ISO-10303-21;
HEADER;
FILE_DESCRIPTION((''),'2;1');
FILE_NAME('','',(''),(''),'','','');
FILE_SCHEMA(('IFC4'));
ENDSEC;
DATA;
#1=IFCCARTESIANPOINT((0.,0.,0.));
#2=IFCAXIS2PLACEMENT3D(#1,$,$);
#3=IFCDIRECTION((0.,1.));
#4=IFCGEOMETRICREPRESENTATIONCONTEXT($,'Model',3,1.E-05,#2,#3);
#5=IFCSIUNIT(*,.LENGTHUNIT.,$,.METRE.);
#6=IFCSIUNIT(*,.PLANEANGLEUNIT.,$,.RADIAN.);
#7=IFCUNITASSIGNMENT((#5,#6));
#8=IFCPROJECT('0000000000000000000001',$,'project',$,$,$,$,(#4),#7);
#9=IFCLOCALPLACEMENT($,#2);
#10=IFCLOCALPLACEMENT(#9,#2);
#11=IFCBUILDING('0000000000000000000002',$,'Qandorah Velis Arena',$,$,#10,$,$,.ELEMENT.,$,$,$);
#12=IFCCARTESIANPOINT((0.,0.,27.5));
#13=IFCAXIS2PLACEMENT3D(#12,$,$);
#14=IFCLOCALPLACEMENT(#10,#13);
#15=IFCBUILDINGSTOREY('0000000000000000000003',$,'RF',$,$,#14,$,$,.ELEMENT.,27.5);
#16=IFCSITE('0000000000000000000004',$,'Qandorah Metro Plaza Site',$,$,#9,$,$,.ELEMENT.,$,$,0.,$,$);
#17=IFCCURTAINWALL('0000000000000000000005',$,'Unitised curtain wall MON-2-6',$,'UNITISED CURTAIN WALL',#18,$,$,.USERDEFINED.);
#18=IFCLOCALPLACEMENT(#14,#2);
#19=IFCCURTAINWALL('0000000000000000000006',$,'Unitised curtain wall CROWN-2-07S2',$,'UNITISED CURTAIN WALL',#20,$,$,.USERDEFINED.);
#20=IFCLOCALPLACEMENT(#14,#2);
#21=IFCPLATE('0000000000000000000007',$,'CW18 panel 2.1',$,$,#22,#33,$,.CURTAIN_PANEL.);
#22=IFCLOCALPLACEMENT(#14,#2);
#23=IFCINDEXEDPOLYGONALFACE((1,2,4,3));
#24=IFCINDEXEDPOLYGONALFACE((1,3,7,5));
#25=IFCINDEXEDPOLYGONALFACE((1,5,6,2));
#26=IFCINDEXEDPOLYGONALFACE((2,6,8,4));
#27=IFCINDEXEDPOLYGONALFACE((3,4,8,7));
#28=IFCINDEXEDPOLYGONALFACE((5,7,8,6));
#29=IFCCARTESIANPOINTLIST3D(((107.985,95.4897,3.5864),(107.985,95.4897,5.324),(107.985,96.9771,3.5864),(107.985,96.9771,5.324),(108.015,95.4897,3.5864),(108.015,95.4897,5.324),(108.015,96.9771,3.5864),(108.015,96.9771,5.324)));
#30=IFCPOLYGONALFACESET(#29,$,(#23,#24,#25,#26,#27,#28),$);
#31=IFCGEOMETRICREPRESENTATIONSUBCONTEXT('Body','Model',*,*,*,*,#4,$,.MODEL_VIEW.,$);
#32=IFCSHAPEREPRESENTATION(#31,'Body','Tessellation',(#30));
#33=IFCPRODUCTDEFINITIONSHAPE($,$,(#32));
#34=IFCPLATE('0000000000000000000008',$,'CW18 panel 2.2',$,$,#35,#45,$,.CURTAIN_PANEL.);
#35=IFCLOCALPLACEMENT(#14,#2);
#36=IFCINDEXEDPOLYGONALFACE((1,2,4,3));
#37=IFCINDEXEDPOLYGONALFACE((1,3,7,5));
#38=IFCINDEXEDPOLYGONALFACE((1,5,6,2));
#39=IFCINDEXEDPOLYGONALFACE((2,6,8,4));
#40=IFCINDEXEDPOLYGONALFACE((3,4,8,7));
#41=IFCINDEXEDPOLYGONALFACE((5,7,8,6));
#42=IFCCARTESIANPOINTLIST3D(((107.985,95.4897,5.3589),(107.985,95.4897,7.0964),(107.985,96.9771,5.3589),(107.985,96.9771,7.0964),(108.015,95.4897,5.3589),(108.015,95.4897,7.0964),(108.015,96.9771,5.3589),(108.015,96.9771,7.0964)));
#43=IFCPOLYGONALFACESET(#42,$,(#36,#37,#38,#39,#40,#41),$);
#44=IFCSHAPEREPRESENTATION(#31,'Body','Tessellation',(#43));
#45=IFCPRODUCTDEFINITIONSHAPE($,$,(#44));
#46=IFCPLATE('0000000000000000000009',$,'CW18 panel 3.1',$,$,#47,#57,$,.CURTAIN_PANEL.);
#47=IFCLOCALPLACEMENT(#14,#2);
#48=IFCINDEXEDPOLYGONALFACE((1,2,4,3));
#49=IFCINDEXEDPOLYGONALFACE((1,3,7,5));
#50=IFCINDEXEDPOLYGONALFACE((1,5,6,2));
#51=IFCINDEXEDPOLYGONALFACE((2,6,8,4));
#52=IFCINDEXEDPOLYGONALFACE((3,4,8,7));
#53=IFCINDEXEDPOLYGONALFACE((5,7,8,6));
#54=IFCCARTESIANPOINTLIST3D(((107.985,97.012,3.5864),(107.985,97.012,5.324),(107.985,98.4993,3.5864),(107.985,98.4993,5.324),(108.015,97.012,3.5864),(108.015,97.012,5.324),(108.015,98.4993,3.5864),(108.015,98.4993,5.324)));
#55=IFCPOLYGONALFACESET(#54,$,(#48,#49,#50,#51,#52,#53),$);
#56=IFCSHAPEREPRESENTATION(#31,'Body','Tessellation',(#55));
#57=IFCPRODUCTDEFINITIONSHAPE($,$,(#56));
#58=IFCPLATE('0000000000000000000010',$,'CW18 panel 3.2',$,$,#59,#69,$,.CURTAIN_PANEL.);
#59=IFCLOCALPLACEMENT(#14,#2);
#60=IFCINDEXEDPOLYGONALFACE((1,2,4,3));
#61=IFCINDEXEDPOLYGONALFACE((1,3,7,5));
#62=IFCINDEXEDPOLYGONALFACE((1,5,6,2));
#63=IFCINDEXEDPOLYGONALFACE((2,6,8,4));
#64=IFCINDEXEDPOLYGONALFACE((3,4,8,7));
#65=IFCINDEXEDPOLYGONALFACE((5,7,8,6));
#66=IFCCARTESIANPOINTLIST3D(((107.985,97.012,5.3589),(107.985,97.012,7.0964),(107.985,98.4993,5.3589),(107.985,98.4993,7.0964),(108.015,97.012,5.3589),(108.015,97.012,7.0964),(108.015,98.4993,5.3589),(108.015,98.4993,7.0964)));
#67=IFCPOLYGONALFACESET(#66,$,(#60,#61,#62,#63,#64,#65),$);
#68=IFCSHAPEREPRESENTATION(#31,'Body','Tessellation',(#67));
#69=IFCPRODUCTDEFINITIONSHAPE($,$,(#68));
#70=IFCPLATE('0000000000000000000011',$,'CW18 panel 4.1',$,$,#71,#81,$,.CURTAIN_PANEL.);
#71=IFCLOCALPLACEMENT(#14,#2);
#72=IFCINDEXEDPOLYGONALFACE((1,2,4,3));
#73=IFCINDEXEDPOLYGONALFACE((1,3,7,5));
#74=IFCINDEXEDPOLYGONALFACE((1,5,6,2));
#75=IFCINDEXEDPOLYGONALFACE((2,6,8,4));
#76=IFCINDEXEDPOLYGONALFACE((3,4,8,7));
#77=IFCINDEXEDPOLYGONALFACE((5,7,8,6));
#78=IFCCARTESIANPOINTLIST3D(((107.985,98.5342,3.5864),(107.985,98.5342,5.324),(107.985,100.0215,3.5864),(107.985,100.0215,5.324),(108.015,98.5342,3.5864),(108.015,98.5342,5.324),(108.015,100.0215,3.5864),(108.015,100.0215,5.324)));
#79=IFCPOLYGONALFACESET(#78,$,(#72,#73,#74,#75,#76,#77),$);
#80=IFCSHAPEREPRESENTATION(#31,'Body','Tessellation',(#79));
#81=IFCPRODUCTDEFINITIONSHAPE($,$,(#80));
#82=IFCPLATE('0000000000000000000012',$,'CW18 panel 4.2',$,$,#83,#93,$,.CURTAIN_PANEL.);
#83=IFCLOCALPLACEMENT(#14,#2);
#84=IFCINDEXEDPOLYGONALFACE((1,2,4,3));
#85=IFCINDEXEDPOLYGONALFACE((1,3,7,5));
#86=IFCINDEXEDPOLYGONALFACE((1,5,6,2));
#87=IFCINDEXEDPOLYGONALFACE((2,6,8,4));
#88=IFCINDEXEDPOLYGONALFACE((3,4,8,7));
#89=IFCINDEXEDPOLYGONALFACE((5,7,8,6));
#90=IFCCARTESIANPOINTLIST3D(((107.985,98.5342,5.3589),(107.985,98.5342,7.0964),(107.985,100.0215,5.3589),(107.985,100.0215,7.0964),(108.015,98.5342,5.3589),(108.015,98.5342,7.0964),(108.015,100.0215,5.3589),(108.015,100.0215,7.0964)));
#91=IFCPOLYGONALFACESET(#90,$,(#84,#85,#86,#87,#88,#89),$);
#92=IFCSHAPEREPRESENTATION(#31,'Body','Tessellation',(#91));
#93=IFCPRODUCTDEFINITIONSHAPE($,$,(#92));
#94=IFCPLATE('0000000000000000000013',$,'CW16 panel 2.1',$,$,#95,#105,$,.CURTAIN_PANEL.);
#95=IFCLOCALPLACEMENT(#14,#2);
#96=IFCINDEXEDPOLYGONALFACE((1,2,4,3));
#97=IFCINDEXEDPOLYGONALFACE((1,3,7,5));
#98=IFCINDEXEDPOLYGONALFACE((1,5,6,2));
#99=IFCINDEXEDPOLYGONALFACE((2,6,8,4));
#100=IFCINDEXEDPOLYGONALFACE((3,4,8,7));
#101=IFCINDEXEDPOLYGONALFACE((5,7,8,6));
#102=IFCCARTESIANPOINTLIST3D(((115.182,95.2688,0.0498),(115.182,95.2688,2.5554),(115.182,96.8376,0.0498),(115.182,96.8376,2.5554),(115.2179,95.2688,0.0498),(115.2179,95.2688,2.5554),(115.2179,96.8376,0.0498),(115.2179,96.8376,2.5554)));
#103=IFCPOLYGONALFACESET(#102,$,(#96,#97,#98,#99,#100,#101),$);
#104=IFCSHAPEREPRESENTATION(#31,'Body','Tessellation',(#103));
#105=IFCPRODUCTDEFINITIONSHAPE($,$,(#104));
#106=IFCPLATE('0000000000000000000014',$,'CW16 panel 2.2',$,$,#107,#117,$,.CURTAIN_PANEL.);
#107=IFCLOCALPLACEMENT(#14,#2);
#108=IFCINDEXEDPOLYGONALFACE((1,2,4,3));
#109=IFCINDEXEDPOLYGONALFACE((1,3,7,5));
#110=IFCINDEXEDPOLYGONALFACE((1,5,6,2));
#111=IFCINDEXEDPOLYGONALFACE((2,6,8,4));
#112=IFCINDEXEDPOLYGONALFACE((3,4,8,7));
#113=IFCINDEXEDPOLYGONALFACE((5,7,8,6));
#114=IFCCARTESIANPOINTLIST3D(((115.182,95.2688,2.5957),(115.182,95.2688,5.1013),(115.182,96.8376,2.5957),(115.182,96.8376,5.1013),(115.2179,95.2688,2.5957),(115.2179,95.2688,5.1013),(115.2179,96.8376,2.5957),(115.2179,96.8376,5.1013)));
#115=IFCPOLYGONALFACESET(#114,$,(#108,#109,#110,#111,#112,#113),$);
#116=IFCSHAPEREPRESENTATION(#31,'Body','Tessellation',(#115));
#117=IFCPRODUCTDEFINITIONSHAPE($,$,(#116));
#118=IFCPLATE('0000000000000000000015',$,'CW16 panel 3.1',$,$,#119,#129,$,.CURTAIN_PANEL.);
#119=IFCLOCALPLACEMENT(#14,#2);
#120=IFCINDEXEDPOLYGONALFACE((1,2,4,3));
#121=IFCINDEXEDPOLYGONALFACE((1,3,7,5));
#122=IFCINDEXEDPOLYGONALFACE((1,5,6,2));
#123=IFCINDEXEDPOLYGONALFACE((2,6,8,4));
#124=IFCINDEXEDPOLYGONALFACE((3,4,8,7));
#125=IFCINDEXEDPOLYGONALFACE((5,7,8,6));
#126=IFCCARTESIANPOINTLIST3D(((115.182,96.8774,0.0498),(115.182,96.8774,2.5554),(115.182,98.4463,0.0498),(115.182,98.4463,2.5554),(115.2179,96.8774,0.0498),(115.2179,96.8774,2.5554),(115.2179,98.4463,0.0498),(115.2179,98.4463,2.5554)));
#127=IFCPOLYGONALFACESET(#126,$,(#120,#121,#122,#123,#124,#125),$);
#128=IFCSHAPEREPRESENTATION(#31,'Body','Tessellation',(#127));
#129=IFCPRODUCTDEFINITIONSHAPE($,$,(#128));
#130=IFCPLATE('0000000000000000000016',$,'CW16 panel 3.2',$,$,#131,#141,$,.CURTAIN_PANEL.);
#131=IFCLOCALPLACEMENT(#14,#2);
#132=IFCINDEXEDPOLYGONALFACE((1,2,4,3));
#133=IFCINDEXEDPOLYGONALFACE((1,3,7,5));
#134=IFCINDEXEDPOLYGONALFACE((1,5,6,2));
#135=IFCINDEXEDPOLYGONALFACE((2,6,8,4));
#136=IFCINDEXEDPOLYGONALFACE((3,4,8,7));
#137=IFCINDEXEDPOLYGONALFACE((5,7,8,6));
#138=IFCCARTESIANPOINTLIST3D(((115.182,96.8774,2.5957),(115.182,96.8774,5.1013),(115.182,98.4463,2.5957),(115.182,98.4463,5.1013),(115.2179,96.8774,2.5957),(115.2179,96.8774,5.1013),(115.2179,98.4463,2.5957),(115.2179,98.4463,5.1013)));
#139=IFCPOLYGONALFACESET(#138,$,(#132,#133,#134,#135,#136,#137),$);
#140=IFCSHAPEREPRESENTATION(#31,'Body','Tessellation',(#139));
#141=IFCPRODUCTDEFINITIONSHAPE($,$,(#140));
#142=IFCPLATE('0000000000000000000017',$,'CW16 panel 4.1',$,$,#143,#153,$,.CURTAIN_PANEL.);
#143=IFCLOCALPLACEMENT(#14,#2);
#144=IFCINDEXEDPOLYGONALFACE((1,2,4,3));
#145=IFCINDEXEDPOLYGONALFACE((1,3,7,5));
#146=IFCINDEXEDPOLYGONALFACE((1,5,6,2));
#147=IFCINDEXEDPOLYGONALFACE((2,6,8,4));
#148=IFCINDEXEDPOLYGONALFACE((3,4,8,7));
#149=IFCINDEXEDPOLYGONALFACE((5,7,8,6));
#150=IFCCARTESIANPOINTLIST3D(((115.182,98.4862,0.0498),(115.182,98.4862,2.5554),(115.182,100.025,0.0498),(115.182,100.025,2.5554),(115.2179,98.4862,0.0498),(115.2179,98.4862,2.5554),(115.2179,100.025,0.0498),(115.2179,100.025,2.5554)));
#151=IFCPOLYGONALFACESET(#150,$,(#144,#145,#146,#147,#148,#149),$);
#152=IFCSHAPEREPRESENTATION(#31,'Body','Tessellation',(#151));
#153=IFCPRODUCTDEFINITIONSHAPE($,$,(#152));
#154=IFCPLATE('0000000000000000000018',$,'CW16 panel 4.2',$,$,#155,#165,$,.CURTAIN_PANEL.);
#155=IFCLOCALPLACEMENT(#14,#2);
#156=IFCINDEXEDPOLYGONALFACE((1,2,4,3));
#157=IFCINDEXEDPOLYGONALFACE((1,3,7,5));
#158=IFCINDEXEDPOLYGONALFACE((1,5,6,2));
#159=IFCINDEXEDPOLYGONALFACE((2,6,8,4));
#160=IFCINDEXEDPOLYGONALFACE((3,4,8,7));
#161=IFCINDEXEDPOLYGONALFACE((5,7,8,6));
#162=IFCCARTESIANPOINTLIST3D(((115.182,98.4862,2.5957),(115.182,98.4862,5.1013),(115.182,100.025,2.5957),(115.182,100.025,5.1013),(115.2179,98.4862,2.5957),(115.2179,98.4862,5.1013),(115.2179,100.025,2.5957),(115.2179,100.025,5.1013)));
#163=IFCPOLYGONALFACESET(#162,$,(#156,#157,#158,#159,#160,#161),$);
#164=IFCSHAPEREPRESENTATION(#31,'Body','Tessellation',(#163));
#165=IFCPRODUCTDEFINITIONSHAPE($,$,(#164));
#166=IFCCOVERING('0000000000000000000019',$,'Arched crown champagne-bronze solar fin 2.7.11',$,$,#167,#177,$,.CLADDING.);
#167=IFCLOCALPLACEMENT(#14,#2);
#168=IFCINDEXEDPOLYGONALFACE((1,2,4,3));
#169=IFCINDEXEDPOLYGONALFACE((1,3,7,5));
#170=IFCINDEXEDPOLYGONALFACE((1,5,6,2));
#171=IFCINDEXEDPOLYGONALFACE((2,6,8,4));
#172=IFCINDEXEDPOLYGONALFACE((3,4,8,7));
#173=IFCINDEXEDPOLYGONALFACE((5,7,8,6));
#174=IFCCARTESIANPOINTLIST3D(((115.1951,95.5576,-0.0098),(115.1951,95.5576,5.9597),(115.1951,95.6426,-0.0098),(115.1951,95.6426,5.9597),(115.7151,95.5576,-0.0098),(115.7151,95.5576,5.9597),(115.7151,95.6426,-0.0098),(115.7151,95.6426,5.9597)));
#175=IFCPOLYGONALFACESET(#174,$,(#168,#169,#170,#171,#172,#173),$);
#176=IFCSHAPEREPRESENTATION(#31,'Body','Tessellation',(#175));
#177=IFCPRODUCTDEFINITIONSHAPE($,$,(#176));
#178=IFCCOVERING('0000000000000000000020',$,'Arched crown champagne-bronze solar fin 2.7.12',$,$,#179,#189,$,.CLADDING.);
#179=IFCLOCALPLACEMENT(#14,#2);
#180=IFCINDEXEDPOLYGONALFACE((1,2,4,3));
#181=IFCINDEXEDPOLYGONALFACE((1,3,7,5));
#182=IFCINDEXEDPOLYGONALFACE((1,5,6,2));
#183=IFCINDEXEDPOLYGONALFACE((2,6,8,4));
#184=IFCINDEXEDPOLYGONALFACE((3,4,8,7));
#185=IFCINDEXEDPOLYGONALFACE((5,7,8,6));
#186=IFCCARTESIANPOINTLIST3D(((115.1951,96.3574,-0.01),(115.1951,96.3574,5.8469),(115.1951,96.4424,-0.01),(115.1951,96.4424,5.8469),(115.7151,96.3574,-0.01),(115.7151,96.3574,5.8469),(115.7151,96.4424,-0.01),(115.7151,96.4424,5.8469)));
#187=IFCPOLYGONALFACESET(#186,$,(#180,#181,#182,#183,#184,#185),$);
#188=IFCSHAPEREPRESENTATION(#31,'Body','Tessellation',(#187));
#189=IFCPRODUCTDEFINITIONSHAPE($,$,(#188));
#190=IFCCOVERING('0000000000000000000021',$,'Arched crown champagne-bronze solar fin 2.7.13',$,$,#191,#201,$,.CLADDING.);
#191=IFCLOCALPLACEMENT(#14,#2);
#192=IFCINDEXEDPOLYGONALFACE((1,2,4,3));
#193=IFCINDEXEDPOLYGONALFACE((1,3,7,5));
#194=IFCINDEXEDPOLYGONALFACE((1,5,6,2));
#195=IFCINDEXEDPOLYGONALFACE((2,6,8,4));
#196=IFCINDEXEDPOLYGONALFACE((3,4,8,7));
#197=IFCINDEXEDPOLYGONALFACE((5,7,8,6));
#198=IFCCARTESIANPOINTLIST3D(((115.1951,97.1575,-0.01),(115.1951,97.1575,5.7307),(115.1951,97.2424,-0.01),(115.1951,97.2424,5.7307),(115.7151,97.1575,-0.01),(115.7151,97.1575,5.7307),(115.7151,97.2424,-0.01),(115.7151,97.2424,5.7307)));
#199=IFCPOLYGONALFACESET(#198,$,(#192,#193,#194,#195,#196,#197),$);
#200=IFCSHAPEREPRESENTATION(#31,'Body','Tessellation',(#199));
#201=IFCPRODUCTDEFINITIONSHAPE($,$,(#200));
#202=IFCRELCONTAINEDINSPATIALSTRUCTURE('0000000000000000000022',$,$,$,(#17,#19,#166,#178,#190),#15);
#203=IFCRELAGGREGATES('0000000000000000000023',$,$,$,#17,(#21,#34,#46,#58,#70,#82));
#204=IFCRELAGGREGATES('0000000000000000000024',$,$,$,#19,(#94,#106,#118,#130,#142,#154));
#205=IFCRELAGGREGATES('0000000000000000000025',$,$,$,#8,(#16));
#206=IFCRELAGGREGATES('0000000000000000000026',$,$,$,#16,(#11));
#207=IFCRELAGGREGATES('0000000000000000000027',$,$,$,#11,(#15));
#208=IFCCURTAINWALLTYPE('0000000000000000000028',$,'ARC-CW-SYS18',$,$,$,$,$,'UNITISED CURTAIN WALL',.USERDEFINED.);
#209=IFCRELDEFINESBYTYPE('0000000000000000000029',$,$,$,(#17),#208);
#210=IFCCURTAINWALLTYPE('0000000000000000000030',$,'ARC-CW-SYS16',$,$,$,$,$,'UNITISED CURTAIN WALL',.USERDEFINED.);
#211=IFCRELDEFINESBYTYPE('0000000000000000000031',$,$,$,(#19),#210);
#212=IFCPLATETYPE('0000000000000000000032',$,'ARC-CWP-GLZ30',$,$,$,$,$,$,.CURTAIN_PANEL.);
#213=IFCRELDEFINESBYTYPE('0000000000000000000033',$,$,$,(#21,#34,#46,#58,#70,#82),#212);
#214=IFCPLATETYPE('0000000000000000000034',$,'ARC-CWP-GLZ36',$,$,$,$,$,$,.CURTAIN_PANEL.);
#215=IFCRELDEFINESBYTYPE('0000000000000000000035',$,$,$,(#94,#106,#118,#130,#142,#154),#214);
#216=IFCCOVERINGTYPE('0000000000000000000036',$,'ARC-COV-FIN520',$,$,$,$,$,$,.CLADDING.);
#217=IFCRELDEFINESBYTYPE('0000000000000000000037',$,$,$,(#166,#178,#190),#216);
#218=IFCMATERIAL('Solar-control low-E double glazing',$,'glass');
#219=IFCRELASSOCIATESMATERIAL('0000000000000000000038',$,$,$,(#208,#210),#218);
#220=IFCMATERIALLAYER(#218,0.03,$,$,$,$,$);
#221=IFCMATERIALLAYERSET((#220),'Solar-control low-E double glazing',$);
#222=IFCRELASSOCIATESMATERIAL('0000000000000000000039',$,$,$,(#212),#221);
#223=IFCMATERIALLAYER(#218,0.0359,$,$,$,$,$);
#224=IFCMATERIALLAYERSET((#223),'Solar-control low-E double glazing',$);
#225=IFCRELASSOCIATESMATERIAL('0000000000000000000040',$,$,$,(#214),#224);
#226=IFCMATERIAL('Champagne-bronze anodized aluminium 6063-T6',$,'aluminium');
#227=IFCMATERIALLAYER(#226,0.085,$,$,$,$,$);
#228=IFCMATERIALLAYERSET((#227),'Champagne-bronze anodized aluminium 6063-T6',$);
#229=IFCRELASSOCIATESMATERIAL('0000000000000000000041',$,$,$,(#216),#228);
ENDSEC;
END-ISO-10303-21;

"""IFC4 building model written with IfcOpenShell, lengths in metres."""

from ifc_helpers import new_model, si_unit, direction, frame, origin, origin_2d, place, context, subcontext, project, spatial, rectangle, extrude, material, layer, layer_set, type_object, element, aggregate, save


model = new_model("IFC4")

# Units and contexts
model_context = context("Model", 3, precision=1e-05, world=origin(), true_north=direction((0.0, 1.0)))
body_context = subcontext(model_context, "Body", "Model", "MODEL_VIEW")
ifc_project = project(units=[si_unit("LENGTHUNIT", "METRE"), si_unit("PLANEANGLEUNIT", "RADIAN")], contexts=[model_context])

# Site, building, storey
site_placement = place(None, origin())
site = spatial("IfcSite", under=ifc_project, at=site_placement, Name="Qandorah Metro Plaza Site", CompositionType="ELEMENT", RefElevation=0.0)
building_placement = place(site_placement, origin())
building = spatial("IfcBuilding", under=site, at=building_placement, Name="Qandorah Velis Arena", CompositionType="ELEMENT")
storey_placement = place(building_placement, frame((0.0, 0.0, 27.5)))
storey = spatial("IfcBuildingStorey", under=building, at=storey_placement, Name="RF", CompositionType="ELEMENT", Elevation=27.5)

# Curtain walls
ifc_material_1 = material(Name="Solar-control low-E double glazing", Category="glass")
curtain_wall_type_1 = type_object("IfcCurtainWallType", Name="ARC-CW-SYS18", ElementType="UNITISED CURTAIN WALL", PredefinedType="USERDEFINED", material=ifc_material_1)
curtain_wall_1_placement = place(storey_placement, origin())
curtain_wall_1 = element("IfcCurtainWall", 1, at=curtain_wall_1_placement, inside=storey, type_object=curtain_wall_type_1, Name="Unitised curtain wall MON-2-6", ObjectType="UNITISED CURTAIN WALL", PredefinedType="USERDEFINED")
ifc_material_2 = material(Name="Champagne-bronze anodized aluminium 6063-T6", Category="aluminium")
curtain_wall_type_2 = type_object("IfcCurtainWallType", Name="ARC-CW-SYS16", ElementType="UNITISED CURTAIN WALL", PredefinedType="USERDEFINED", material=ifc_material_1)
curtain_wall_2_placement = place(storey_placement, origin())
curtain_wall_2 = element("IfcCurtainWall", 2, at=curtain_wall_2_placement, inside=storey, type_object=curtain_wall_type_2, Name="Unitised curtain wall CROWN-2-07S2", ObjectType="UNITISED CURTAIN WALL", PredefinedType="USERDEFINED")

# Plates
ifc_layer_1 = layer(ifc_material_1, 0.03)
ifc_layer_set_1 = layer_set([ifc_layer_1], Name="Solar-control low-E double glazing")
plate_type_1 = type_object("IfcPlateType", Name="ARC-CWP-GLZ30", PredefinedType="CURTAIN_PANEL", material=ifc_layer_set_1)
plate_1_placement = place(storey_placement, frame((108.0, 96.2334, 3.5864), z_axis=(0.0, 0.0, 1.0), x_axis=(0.0, 1.0, 0.0)))
plate_1 = element("IfcPlate", 3, at=plate_1_placement, type_object=plate_type_1, Name="CW18 panel 2.1", PredefinedType="CURTAIN_PANEL", context=body_context, shape_type="SweptSolid", body=[
    extrude(rectangle(XDim=1.4873, YDim=0.03, at=origin_2d()), origin(), (0.0, 0.0, 1.0), 1.7375),
])
plate_2_placement = place(storey_placement, frame((108.0, 96.2334, 5.3589), z_axis=(0.0, 0.0, 1.0), x_axis=(0.0, 1.0, 0.0)))
plate_2 = element("IfcPlate", 4, at=plate_2_placement, type_object=plate_type_1, Name="CW18 panel 2.2", PredefinedType="CURTAIN_PANEL", context=body_context, shape_type="SweptSolid", body=[
    extrude(rectangle(XDim=1.4873, YDim=0.03, at=origin_2d()), origin(), (0.0, 0.0, 1.0), 1.7375),
])
plate_3_placement = place(storey_placement, frame((108.0, 97.7556, 3.5864), z_axis=(0.0, 0.0, 1.0), x_axis=(0.0, 1.0, 0.0)))
plate_3 = element("IfcPlate", 5, at=plate_3_placement, type_object=plate_type_1, Name="CW18 panel 3.1", PredefinedType="CURTAIN_PANEL", context=body_context, shape_type="SweptSolid", body=[
    extrude(rectangle(XDim=1.4873, YDim=0.03, at=origin_2d()), origin(), (0.0, 0.0, 1.0), 1.7375),
])
plate_4_placement = place(storey_placement, frame((108.0, 97.7556, 5.3589), z_axis=(0.0, 0.0, 1.0), x_axis=(0.0, 1.0, 0.0)))
plate_4 = element("IfcPlate", 6, at=plate_4_placement, type_object=plate_type_1, Name="CW18 panel 3.2", PredefinedType="CURTAIN_PANEL", context=body_context, shape_type="SweptSolid", body=[
    extrude(rectangle(XDim=1.4873, YDim=0.03, at=origin_2d()), origin(), (0.0, 0.0, 1.0), 1.7375),
])
plate_5_placement = place(storey_placement, frame((108.0, 99.2778, 3.5864), z_axis=(0.0, 0.0, 1.0), x_axis=(0.0, 1.0, 0.0)))
plate_5 = element("IfcPlate", 7, at=plate_5_placement, type_object=plate_type_1, Name="CW18 panel 4.1", PredefinedType="CURTAIN_PANEL", context=body_context, shape_type="SweptSolid", body=[
    extrude(rectangle(XDim=1.4873, YDim=0.03, at=origin_2d()), origin(), (0.0, 0.0, 1.0), 1.7375),
])
plate_6_placement = place(storey_placement, frame((108.0, 99.2778, 5.3589), z_axis=(0.0, 0.0, 1.0), x_axis=(0.0, 1.0, 0.0)))
plate_6 = element("IfcPlate", 8, at=plate_6_placement, type_object=plate_type_1, Name="CW18 panel 4.2", PredefinedType="CURTAIN_PANEL", context=body_context, shape_type="SweptSolid", body=[
    extrude(rectangle(XDim=1.4873, YDim=0.03, at=origin_2d()), origin(), (0.0, 0.0, 1.0), 1.7375),
])
aggregate(curtain_wall_1, [plate_1, plate_2, plate_3, plate_4, plate_5, plate_6])
ifc_layer_2 = layer(ifc_material_1, 0.0359)
ifc_layer_set_2 = layer_set([ifc_layer_2], Name="Solar-control low-E double glazing")
plate_type_2 = type_object("IfcPlateType", Name="ARC-CWP-GLZ36", PredefinedType="CURTAIN_PANEL", material=ifc_layer_set_2)
plate_7_placement = place(storey_placement, frame((115.2, 96.0532, 0.0498), z_axis=(0.0, 0.0, 1.0), x_axis=(0.0, 1.0, 0.0)))
plate_7 = element("IfcPlate", 9, at=plate_7_placement, type_object=plate_type_2, Name="CW16 panel 2.1", PredefinedType="CURTAIN_PANEL", context=body_context, shape_type="SweptSolid", body=[
    extrude(rectangle(XDim=1.5688, YDim=0.0359, at=origin_2d()), origin(), (0.0, 0.0, 1.0), 2.5056),
])
plate_8_placement = place(storey_placement, frame((115.2, 96.0532, 2.5957), z_axis=(0.0, 0.0, 1.0), x_axis=(0.0, 1.0, 0.0)))
plate_8 = element("IfcPlate", 10, at=plate_8_placement, type_object=plate_type_2, Name="CW16 panel 2.2", PredefinedType="CURTAIN_PANEL", context=body_context, shape_type="SweptSolid", body=[
    extrude(rectangle(XDim=1.5688, YDim=0.0359, at=origin_2d()), origin(), (0.0, 0.0, 1.0), 2.5056),
])
plate_9_placement = place(storey_placement, frame((115.2, 97.6619, 0.0498), z_axis=(0.0, 0.0, 1.0), x_axis=(0.0, 1.0, 0.0)))
plate_9 = element("IfcPlate", 11, at=plate_9_placement, type_object=plate_type_2, Name="CW16 panel 3.1", PredefinedType="CURTAIN_PANEL", context=body_context, shape_type="SweptSolid", body=[
    extrude(rectangle(XDim=1.5688, YDim=0.0359, at=origin_2d()), origin(), (0.0, 0.0, 1.0), 2.5056),
])
plate_10_placement = place(storey_placement, frame((115.2, 97.6619, 2.5957), z_axis=(0.0, 0.0, 1.0), x_axis=(0.0, 1.0, 0.0)))
plate_10 = element("IfcPlate", 12, at=plate_10_placement, type_object=plate_type_2, Name="CW16 panel 3.2", PredefinedType="CURTAIN_PANEL", context=body_context, shape_type="SweptSolid", body=[
    extrude(rectangle(XDim=1.5688, YDim=0.0359, at=origin_2d()), origin(), (0.0, 0.0, 1.0), 2.5056),
])
plate_11_placement = place(storey_placement, frame((115.2, 99.2556, 0.0498), z_axis=(0.0, 0.0, 1.0), x_axis=(0.0, 1.0, 0.0)))
plate_11 = element("IfcPlate", 13, at=plate_11_placement, type_object=plate_type_2, Name="CW16 panel 4.1", PredefinedType="CURTAIN_PANEL", context=body_context, shape_type="SweptSolid", body=[
    extrude(rectangle(XDim=1.5388, YDim=0.0359, at=origin_2d()), origin(), (0.0, 0.0, 1.0), 2.5056),
])
plate_12_placement = place(storey_placement, frame((115.2, 99.2556, 2.5957), z_axis=(0.0, 0.0, 1.0), x_axis=(0.0, 1.0, 0.0)))
plate_12 = element("IfcPlate", 14, at=plate_12_placement, type_object=plate_type_2, Name="CW16 panel 4.2", PredefinedType="CURTAIN_PANEL", context=body_context, shape_type="SweptSolid", body=[
    extrude(rectangle(XDim=1.5388, YDim=0.0359, at=origin_2d()), origin(), (0.0, 0.0, 1.0), 2.5056),
])
aggregate(curtain_wall_2, [plate_7, plate_8, plate_9, plate_10, plate_11, plate_12])

# Coverings
ifc_layer_3 = layer(ifc_material_2, 0.085)
ifc_layer_set_3 = layer_set([ifc_layer_3], Name="Champagne-bronze anodized aluminium 6063-T6")
covering_type = type_object("IfcCoveringType", Name="ARC-COV-FIN520", PredefinedType="CLADDING", material=ifc_layer_set_3)
covering_1_placement = place(storey_placement, frame((115.4551, 95.6001, -0.0098), z_axis=(0.0, 0.0, 1.0), x_axis=(1.0, 0.0, 0.0)))
element("IfcCovering", 15, at=covering_1_placement, inside=storey, type_object=covering_type, Name="Arched crown champagne-bronze solar fin 2.7.11", PredefinedType="CLADDING", context=body_context, shape_type="SweptSolid", body=[
    extrude(rectangle(XDim=0.52, YDim=0.085, at=origin_2d()), origin(), (0.0, 0.0, 1.0), 5.9695),
])
covering_2_placement = place(storey_placement, frame((115.4551, 96.3999, -0.01), z_axis=(0.0, 0.0, 1.0), x_axis=(1.0, 0.0, 0.0)))
element("IfcCovering", 16, at=covering_2_placement, inside=storey, type_object=covering_type, Name="Arched crown champagne-bronze solar fin 2.7.12", PredefinedType="CLADDING", context=body_context, shape_type="SweptSolid", body=[
    extrude(rectangle(XDim=0.52, YDim=0.085, at=origin_2d()), origin(), (0.0, 0.0, 1.0), 5.8569),
])
covering_3_placement = place(storey_placement, frame((115.4551, 97.2, -0.01), z_axis=(0.0, 0.0, 1.0), x_axis=(1.0, 0.0, 0.0)))
element("IfcCovering", 17, at=covering_3_placement, inside=storey, type_object=covering_type, Name="Arched crown champagne-bronze solar fin 2.7.13", PredefinedType="CLADDING", context=body_context, shape_type="SweptSolid", body=[
    extrude(rectangle(XDim=0.52, YDim=0.085, at=origin_2d()), origin(), (0.0, 0.0, 1.0), 5.7407),
])

save(model, "model.ifc")
